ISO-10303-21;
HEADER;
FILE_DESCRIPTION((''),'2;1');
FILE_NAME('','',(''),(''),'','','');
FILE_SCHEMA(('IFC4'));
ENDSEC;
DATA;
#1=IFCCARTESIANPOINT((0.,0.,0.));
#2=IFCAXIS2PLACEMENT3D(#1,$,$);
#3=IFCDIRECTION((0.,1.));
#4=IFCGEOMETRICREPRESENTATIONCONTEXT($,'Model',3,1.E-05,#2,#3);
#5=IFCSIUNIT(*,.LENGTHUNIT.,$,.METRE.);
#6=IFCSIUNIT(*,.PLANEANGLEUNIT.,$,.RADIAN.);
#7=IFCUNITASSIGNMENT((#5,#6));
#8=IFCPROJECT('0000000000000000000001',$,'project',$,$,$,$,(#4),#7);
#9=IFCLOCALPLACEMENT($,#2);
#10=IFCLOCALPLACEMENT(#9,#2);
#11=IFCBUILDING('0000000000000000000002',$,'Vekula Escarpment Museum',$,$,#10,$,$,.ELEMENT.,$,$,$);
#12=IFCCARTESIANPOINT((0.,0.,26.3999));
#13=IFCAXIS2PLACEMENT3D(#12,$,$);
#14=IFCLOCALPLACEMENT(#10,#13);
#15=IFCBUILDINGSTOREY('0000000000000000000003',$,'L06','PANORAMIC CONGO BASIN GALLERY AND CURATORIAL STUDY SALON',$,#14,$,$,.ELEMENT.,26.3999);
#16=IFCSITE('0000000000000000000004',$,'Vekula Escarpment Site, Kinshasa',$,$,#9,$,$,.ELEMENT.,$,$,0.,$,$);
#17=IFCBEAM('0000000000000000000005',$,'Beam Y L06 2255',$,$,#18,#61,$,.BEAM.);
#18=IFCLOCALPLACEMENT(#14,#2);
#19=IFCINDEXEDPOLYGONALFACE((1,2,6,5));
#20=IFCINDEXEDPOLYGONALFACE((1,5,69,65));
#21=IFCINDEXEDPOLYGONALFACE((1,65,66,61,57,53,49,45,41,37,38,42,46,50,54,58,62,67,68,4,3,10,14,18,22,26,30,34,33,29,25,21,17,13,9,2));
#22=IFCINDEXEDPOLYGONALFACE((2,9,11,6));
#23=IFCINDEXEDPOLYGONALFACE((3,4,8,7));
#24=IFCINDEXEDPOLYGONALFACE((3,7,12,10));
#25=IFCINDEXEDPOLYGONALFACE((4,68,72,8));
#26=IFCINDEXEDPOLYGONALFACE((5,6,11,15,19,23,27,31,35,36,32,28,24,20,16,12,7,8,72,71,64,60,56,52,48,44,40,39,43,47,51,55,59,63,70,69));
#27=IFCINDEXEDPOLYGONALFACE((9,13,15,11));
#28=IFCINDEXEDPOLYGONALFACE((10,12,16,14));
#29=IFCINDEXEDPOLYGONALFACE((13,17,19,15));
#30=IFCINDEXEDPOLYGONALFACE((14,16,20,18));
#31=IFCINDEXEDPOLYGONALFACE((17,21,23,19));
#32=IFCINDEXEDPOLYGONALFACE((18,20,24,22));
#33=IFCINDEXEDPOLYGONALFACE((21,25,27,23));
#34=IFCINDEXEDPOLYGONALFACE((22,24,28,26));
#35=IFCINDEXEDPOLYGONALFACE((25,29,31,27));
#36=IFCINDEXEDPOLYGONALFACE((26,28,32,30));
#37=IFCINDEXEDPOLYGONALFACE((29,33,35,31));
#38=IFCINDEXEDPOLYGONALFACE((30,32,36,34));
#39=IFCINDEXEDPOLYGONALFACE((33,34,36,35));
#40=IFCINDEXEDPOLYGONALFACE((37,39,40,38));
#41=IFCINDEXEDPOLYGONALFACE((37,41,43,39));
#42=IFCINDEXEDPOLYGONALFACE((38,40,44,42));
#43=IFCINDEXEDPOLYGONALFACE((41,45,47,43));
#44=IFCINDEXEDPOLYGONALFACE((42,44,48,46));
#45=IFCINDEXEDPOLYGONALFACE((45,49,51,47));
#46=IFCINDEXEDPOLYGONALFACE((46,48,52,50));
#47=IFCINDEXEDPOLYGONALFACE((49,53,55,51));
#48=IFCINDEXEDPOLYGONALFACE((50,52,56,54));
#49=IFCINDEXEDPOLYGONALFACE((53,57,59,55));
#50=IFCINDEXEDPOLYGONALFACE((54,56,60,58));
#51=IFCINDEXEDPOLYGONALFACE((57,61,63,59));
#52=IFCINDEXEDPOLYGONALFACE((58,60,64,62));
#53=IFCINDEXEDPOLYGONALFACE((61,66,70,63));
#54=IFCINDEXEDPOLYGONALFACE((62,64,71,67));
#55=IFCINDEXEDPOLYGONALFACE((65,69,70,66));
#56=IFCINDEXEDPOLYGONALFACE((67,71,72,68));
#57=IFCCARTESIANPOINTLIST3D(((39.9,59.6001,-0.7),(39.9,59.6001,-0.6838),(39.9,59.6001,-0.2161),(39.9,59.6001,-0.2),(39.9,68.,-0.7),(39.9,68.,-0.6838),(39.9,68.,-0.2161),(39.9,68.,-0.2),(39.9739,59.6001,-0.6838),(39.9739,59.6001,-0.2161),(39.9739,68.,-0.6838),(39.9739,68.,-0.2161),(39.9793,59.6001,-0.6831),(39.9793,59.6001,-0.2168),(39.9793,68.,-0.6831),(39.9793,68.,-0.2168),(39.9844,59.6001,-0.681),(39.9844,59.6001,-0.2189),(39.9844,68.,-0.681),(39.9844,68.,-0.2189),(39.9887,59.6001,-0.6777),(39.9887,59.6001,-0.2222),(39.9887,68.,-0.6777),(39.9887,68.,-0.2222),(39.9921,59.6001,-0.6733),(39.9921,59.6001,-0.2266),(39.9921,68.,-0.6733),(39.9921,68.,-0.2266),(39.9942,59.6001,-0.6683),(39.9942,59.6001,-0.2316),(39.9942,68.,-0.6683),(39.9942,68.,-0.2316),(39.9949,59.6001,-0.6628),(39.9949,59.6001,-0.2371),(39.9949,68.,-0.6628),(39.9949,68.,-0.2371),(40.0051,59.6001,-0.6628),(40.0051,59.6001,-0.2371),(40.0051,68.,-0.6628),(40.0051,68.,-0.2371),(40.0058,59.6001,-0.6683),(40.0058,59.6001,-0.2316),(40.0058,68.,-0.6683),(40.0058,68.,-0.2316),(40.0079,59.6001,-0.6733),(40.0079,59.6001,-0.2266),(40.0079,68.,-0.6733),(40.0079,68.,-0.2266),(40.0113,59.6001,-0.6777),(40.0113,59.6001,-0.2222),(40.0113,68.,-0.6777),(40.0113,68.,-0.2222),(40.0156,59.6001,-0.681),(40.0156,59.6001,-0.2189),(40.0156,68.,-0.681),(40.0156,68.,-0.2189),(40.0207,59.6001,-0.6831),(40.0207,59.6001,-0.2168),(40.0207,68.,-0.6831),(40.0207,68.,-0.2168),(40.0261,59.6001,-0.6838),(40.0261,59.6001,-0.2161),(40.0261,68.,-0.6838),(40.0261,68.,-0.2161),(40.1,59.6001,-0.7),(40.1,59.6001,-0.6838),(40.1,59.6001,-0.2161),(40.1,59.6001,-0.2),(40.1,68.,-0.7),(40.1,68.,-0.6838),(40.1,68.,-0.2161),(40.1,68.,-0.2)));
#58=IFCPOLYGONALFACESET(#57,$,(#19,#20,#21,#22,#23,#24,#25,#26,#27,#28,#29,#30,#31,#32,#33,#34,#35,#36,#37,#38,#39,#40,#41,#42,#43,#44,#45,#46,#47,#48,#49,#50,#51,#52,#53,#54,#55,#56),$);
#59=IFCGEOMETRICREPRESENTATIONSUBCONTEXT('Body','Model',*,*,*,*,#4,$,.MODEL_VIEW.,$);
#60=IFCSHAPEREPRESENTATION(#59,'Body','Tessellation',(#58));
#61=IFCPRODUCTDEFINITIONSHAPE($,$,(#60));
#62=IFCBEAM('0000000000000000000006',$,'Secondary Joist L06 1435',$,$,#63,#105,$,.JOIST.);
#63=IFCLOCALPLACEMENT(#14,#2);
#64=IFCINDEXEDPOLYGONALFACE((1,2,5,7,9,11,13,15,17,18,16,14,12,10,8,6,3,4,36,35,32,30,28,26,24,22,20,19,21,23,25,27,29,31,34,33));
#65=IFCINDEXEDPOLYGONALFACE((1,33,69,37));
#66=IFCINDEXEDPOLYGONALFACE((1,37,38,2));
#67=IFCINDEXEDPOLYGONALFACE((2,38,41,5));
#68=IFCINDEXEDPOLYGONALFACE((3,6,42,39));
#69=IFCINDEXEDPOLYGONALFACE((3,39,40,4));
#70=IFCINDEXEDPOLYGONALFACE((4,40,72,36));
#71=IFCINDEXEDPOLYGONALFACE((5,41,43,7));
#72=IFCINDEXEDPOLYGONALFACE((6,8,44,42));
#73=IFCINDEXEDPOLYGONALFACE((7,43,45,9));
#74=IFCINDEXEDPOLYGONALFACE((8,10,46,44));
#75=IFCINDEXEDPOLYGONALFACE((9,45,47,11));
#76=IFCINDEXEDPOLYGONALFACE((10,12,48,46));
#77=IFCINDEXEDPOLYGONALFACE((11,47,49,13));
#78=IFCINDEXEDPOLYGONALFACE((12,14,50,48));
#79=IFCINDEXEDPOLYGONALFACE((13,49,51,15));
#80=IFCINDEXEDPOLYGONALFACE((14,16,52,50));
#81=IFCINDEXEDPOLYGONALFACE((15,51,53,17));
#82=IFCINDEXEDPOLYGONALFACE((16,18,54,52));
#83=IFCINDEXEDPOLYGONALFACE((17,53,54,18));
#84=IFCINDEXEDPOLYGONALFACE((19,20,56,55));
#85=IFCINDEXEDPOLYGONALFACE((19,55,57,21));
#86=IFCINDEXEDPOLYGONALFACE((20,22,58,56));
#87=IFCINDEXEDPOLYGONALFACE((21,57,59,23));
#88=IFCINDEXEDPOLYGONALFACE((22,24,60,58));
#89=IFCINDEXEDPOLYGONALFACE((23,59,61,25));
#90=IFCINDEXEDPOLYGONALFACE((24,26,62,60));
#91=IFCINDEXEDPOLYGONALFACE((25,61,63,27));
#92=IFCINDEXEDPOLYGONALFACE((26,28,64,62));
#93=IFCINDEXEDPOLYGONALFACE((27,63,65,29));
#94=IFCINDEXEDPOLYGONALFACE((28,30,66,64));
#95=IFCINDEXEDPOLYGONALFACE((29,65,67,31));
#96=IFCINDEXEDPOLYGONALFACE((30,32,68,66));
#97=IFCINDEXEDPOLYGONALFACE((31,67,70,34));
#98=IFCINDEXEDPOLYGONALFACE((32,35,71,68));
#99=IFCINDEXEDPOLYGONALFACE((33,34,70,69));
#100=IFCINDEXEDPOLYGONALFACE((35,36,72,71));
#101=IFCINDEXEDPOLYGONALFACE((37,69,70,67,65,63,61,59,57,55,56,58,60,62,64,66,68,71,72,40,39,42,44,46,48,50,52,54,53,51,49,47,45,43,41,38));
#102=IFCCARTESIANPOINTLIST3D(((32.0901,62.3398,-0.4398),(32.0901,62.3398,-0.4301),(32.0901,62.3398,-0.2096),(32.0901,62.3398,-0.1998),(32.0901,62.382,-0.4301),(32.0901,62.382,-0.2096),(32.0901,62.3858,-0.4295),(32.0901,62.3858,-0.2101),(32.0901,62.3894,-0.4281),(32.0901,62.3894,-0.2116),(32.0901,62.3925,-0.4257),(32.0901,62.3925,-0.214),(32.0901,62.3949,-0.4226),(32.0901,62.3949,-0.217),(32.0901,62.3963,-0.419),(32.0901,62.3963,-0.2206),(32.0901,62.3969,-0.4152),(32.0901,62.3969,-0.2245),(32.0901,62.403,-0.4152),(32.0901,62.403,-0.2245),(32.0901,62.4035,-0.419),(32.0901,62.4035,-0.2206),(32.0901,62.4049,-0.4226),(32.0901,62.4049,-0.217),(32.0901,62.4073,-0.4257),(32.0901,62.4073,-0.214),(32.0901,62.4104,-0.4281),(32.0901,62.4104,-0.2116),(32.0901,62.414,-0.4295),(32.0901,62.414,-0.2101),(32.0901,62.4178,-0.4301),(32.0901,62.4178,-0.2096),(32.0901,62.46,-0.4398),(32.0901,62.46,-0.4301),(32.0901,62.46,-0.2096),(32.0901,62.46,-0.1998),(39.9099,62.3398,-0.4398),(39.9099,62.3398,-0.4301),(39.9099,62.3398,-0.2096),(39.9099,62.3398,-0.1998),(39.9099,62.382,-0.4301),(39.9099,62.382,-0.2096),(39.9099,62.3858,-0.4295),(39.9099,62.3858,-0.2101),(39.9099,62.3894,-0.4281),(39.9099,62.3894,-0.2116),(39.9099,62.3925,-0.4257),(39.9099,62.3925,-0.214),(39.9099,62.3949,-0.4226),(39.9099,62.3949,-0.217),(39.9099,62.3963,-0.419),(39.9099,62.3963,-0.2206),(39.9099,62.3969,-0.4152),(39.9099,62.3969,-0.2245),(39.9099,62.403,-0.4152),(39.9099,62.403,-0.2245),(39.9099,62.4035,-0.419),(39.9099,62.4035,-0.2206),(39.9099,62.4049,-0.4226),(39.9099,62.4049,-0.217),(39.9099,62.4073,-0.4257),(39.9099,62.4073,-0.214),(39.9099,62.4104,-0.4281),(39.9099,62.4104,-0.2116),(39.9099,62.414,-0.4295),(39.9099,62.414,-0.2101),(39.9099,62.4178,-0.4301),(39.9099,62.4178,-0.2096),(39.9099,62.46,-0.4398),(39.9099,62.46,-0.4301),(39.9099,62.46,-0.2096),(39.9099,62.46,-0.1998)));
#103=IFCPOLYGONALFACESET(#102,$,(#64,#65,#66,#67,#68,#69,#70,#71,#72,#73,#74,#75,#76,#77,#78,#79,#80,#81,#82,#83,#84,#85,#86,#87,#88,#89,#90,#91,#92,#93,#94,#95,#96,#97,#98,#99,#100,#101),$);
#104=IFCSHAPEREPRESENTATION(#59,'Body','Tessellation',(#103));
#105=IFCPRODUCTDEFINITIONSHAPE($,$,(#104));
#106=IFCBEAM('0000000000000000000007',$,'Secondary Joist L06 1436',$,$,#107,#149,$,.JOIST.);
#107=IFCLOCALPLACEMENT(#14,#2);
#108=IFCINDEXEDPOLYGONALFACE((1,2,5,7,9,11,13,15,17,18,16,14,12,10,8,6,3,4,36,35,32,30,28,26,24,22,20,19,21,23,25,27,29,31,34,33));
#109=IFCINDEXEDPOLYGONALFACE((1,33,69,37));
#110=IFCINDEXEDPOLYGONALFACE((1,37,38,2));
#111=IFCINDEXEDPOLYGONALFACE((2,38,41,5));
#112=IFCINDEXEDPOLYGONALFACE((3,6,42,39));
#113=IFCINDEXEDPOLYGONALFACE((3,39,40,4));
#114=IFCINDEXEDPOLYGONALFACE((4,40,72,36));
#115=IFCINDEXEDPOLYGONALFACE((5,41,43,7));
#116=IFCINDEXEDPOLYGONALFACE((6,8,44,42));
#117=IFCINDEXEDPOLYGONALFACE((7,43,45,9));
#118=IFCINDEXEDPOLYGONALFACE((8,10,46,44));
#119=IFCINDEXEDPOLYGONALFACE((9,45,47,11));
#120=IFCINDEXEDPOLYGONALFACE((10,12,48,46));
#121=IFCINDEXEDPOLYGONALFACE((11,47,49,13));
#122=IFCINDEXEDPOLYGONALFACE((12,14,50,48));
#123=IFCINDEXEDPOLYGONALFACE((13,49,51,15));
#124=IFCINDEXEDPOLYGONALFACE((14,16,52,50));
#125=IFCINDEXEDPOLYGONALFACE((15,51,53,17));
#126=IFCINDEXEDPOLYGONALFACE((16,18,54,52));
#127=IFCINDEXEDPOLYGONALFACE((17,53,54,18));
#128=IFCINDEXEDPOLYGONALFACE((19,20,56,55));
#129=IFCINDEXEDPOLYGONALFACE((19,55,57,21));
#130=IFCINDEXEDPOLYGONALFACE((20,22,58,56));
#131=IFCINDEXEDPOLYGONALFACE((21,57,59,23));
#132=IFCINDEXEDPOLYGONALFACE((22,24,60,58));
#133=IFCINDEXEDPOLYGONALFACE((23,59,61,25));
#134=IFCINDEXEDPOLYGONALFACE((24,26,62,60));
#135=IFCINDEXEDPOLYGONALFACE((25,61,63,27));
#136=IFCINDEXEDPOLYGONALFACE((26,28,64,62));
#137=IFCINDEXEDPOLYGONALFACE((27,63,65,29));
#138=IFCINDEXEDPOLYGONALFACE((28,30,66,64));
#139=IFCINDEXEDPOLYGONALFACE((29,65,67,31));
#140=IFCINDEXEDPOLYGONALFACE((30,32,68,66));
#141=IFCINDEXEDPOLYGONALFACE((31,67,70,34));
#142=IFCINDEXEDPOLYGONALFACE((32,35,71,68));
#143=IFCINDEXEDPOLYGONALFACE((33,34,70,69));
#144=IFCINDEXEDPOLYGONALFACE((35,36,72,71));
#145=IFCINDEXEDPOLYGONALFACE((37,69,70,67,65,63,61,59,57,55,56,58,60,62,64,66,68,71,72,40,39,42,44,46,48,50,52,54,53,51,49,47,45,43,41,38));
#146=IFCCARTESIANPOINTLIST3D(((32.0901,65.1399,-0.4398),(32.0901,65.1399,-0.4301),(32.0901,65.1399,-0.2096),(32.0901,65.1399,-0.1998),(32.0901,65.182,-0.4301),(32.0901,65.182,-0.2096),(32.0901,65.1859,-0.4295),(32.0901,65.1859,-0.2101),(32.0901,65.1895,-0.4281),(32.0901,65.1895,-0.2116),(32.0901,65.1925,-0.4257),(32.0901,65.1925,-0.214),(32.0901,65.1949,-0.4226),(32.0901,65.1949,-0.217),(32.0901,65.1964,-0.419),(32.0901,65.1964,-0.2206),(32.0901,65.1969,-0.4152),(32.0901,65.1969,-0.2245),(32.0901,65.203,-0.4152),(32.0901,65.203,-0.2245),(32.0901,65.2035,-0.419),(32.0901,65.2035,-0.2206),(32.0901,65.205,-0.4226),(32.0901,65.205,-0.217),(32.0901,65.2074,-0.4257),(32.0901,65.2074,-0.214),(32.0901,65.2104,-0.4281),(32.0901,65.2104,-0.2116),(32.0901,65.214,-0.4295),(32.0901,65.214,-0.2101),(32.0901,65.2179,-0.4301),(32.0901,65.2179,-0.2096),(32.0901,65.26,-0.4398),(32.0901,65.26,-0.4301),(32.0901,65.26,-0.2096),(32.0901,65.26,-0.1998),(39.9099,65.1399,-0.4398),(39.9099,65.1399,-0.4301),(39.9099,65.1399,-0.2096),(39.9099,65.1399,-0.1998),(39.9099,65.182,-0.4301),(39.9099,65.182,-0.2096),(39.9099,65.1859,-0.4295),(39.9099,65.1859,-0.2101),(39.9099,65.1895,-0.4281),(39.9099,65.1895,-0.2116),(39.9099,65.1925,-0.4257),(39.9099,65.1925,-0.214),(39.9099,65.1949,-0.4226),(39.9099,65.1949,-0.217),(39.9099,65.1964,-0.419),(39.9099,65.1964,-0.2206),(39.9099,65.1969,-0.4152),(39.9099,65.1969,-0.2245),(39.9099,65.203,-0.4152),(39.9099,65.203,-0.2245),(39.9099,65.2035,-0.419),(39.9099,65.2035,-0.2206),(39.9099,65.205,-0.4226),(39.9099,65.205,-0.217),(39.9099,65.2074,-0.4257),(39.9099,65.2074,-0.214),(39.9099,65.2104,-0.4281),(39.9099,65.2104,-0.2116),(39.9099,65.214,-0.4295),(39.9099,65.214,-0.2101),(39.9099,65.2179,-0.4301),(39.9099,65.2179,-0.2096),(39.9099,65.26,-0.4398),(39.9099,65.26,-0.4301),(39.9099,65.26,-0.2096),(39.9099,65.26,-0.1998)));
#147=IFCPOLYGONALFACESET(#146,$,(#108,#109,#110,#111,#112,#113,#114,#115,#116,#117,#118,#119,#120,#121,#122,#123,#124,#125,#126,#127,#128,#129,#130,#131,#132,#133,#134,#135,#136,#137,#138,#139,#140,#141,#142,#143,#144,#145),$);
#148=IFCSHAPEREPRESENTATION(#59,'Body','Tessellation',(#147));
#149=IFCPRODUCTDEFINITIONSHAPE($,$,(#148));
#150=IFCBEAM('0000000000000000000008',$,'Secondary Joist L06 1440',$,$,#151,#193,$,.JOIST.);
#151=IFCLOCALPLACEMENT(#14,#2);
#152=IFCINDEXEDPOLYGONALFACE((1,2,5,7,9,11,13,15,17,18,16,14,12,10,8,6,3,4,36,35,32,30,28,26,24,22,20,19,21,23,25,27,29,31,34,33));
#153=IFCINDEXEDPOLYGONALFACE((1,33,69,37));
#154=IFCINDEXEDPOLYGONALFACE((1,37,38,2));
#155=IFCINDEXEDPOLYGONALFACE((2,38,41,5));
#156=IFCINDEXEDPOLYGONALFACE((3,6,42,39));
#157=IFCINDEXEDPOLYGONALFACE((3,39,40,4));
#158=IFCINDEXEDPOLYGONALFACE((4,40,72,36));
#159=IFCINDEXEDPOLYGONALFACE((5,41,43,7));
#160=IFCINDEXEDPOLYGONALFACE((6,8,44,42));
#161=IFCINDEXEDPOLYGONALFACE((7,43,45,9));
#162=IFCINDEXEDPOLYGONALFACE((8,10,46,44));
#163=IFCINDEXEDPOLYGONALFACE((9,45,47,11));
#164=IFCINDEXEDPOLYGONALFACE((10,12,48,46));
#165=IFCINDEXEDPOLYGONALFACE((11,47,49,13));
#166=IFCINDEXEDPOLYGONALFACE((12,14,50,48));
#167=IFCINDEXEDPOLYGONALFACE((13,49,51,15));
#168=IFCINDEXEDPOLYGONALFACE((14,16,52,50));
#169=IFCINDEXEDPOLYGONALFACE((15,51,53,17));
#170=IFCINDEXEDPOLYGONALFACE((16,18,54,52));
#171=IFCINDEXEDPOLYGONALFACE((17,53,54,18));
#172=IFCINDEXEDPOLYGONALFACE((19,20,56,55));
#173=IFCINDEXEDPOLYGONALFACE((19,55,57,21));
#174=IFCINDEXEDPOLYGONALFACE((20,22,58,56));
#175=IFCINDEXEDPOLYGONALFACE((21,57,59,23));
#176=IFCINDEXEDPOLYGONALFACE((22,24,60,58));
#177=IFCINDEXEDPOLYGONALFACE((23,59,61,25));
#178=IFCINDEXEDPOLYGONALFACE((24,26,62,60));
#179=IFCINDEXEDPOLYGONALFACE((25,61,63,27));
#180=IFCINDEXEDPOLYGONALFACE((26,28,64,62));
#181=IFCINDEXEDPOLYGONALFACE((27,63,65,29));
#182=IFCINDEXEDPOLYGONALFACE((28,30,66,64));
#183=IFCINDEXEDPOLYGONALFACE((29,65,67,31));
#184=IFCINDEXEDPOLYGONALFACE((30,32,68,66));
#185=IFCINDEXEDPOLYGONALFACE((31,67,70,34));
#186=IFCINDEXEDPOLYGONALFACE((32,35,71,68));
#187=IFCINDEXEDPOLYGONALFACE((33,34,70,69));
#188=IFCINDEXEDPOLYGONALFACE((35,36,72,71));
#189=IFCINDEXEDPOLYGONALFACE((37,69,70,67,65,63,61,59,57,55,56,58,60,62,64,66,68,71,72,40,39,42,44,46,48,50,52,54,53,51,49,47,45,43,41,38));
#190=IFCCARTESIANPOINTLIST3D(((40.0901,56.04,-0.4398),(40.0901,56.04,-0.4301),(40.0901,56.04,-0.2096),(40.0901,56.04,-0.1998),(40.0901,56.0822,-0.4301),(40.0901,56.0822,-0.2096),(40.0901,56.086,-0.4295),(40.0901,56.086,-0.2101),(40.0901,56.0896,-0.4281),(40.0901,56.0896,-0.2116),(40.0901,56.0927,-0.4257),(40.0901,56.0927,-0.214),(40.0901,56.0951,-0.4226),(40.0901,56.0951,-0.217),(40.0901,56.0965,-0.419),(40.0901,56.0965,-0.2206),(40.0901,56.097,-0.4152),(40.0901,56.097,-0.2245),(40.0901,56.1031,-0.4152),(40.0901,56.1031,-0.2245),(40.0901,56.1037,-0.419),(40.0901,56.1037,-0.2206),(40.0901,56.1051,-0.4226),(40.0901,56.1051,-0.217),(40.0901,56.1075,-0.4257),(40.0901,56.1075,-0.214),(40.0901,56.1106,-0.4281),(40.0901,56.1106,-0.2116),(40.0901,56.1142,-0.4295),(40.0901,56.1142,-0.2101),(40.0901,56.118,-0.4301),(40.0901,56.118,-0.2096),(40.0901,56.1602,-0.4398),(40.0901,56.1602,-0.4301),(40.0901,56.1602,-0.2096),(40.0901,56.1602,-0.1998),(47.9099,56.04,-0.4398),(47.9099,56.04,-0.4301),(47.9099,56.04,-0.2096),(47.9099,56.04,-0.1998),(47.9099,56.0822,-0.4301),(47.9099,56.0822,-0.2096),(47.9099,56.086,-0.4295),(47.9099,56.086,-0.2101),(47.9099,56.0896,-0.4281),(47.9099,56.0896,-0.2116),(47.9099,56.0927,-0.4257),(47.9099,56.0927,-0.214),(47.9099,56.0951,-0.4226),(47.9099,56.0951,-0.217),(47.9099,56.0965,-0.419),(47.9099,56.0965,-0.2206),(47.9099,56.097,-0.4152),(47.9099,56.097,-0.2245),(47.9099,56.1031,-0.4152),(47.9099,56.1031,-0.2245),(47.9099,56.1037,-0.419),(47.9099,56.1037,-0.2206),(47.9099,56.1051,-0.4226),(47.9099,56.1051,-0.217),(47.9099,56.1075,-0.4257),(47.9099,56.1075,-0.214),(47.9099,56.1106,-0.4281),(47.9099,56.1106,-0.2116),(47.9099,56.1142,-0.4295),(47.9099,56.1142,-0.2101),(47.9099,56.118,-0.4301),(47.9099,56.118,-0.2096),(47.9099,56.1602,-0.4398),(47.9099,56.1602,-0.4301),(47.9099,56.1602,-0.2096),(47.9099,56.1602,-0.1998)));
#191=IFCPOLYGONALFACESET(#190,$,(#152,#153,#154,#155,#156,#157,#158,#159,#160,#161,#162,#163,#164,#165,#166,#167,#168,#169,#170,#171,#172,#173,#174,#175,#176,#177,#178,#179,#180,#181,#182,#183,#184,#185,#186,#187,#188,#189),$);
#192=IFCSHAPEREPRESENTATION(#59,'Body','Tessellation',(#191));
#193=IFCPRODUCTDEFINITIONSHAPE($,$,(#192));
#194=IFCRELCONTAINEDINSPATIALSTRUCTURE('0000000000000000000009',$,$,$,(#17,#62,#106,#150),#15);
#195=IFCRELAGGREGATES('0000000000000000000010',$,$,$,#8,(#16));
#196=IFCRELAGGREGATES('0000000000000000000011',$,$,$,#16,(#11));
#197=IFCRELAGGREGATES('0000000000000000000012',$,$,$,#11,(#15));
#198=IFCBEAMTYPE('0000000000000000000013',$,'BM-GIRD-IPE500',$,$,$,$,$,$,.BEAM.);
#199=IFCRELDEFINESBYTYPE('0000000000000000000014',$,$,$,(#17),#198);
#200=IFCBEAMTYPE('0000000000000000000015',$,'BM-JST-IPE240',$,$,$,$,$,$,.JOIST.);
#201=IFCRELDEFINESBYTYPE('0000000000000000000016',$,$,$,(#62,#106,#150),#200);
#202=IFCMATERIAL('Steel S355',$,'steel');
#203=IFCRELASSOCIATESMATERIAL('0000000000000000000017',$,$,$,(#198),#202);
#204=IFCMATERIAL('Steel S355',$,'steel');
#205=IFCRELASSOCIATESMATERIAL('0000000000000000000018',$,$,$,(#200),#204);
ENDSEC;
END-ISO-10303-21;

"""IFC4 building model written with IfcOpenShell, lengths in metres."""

from ifc_helpers import new_model, si_unit, direction, frame, origin, origin_2d, place, context, subcontext, project, spatial, i_section, extrude, material, material_profile, profile_set, type_object, element, save


model = new_model("IFC4")

# Units and contexts
model_context = context("Model", 3, precision=1e-05, world=origin(), true_north=direction((0.0, 1.0)))
body_context = subcontext(model_context, "Body", "Model", "MODEL_VIEW")
ifc_project = project(units=[si_unit("LENGTHUNIT", "METRE"), si_unit("PLANEANGLEUNIT", "RADIAN")], contexts=[model_context])

# Site, building, storey
site_placement = place(None, origin())
site = spatial("IfcSite", under=ifc_project, at=site_placement, Name="Vekula Escarpment Site, Kinshasa", CompositionType="ELEMENT", RefElevation=0.0)
building_placement = place(site_placement, origin())
building = spatial("IfcBuilding", under=site, at=building_placement, Name="Vekula Escarpment Museum", CompositionType="ELEMENT")
storey_placement = place(building_placement, frame((0.0, 0.0, 26.3999)))
storey = spatial("IfcBuildingStorey", under=building, at=storey_placement, Name="L06", Description="PANORAMIC CONGO BASIN GALLERY AND CURATORIAL STUDY SALON", CompositionType="ELEMENT", Elevation=26.3999)

# Beams
ifc_material_1 = material(Name="Steel S355", Category="steel")
ifc_material_profile_1 = material_profile(ifc_material_1, i_section(OverallWidth=0.2, OverallDepth=0.5, WebThickness=0.0103, FlangeThickness=0.0161, FilletRadius=0.021, at=origin_2d()), Name="IPE 500")
ifc_profile_set_1 = profile_set([ifc_material_profile_1], Name="Steel S355")
beam_type_1 = type_object("IfcBeamType", Name="BM-GIRD-IPE500", PredefinedType="BEAM", material=ifc_profile_set_1)
beam_1_placement = place(storey_placement, frame((40.0, 59.6001, -0.45), z_axis=(0.0, 1.0, 0.0), x_axis=(-1.0, 0.0, 0.0)))
element("IfcBeam", 1, at=beam_1_placement, inside=storey, type_object=beam_type_1, Name="Beam Y L06 2255", PredefinedType="BEAM", context=body_context, shape_type="SweptSolid", body=[
    extrude(i_section(OverallWidth=0.2, OverallDepth=0.5, WebThickness=0.0103, FlangeThickness=0.0161, FilletRadius=0.021, at=origin_2d()), origin(), (0.0, 0.0, 1.0), 8.3999),
])
ifc_material_2 = material(Name="Steel S355", Category="steel")
ifc_material_profile_2 = material_profile(ifc_material_2, i_section(OverallWidth=0.1201, OverallDepth=0.24, WebThickness=0.0061, FlangeThickness=0.0098, FilletRadius=0.0149, at=origin_2d()), Name="IPE 240")
ifc_profile_set_2 = profile_set([ifc_material_profile_2], Name="Steel S355")
beam_type_2 = type_object("IfcBeamType", Name="BM-JST-IPE240", PredefinedType="JOIST", material=ifc_profile_set_2)
for number, where, z_axis, x_axis, name in (
    (2, (32.0901, 62.3999, -0.3198), (1.0, 0.0, 0.0), (0.0, 1.0, 0.0), "Secondary Joist L06 1435"),
    (3, (32.0901, 65.2, -0.3198), (1.0, 0.0, 0.0), (0.0, 1.0, 0.0), "Secondary Joist L06 1436"),
    (4, (40.0901, 56.1001, -0.3198), (1.0, 0.0, 0.0), (0.0, 1.0, 0.0), "Secondary Joist L06 1440"),
):
    element("IfcBeam", number, at=place(storey_placement, frame(where, z_axis=z_axis, x_axis=x_axis)), inside=storey, type_object=beam_type_2, Name=name, PredefinedType="JOIST", context=body_context, shape_type="SweptSolid", body=[
        extrude(i_section(OverallWidth=0.1201, OverallDepth=0.24, WebThickness=0.0061, FlangeThickness=0.0098, FilletRadius=0.0149, at=origin_2d()), origin(), (0.0, 0.0, 1.0), 7.8198),
    ])

save(model, "model.ifc")
